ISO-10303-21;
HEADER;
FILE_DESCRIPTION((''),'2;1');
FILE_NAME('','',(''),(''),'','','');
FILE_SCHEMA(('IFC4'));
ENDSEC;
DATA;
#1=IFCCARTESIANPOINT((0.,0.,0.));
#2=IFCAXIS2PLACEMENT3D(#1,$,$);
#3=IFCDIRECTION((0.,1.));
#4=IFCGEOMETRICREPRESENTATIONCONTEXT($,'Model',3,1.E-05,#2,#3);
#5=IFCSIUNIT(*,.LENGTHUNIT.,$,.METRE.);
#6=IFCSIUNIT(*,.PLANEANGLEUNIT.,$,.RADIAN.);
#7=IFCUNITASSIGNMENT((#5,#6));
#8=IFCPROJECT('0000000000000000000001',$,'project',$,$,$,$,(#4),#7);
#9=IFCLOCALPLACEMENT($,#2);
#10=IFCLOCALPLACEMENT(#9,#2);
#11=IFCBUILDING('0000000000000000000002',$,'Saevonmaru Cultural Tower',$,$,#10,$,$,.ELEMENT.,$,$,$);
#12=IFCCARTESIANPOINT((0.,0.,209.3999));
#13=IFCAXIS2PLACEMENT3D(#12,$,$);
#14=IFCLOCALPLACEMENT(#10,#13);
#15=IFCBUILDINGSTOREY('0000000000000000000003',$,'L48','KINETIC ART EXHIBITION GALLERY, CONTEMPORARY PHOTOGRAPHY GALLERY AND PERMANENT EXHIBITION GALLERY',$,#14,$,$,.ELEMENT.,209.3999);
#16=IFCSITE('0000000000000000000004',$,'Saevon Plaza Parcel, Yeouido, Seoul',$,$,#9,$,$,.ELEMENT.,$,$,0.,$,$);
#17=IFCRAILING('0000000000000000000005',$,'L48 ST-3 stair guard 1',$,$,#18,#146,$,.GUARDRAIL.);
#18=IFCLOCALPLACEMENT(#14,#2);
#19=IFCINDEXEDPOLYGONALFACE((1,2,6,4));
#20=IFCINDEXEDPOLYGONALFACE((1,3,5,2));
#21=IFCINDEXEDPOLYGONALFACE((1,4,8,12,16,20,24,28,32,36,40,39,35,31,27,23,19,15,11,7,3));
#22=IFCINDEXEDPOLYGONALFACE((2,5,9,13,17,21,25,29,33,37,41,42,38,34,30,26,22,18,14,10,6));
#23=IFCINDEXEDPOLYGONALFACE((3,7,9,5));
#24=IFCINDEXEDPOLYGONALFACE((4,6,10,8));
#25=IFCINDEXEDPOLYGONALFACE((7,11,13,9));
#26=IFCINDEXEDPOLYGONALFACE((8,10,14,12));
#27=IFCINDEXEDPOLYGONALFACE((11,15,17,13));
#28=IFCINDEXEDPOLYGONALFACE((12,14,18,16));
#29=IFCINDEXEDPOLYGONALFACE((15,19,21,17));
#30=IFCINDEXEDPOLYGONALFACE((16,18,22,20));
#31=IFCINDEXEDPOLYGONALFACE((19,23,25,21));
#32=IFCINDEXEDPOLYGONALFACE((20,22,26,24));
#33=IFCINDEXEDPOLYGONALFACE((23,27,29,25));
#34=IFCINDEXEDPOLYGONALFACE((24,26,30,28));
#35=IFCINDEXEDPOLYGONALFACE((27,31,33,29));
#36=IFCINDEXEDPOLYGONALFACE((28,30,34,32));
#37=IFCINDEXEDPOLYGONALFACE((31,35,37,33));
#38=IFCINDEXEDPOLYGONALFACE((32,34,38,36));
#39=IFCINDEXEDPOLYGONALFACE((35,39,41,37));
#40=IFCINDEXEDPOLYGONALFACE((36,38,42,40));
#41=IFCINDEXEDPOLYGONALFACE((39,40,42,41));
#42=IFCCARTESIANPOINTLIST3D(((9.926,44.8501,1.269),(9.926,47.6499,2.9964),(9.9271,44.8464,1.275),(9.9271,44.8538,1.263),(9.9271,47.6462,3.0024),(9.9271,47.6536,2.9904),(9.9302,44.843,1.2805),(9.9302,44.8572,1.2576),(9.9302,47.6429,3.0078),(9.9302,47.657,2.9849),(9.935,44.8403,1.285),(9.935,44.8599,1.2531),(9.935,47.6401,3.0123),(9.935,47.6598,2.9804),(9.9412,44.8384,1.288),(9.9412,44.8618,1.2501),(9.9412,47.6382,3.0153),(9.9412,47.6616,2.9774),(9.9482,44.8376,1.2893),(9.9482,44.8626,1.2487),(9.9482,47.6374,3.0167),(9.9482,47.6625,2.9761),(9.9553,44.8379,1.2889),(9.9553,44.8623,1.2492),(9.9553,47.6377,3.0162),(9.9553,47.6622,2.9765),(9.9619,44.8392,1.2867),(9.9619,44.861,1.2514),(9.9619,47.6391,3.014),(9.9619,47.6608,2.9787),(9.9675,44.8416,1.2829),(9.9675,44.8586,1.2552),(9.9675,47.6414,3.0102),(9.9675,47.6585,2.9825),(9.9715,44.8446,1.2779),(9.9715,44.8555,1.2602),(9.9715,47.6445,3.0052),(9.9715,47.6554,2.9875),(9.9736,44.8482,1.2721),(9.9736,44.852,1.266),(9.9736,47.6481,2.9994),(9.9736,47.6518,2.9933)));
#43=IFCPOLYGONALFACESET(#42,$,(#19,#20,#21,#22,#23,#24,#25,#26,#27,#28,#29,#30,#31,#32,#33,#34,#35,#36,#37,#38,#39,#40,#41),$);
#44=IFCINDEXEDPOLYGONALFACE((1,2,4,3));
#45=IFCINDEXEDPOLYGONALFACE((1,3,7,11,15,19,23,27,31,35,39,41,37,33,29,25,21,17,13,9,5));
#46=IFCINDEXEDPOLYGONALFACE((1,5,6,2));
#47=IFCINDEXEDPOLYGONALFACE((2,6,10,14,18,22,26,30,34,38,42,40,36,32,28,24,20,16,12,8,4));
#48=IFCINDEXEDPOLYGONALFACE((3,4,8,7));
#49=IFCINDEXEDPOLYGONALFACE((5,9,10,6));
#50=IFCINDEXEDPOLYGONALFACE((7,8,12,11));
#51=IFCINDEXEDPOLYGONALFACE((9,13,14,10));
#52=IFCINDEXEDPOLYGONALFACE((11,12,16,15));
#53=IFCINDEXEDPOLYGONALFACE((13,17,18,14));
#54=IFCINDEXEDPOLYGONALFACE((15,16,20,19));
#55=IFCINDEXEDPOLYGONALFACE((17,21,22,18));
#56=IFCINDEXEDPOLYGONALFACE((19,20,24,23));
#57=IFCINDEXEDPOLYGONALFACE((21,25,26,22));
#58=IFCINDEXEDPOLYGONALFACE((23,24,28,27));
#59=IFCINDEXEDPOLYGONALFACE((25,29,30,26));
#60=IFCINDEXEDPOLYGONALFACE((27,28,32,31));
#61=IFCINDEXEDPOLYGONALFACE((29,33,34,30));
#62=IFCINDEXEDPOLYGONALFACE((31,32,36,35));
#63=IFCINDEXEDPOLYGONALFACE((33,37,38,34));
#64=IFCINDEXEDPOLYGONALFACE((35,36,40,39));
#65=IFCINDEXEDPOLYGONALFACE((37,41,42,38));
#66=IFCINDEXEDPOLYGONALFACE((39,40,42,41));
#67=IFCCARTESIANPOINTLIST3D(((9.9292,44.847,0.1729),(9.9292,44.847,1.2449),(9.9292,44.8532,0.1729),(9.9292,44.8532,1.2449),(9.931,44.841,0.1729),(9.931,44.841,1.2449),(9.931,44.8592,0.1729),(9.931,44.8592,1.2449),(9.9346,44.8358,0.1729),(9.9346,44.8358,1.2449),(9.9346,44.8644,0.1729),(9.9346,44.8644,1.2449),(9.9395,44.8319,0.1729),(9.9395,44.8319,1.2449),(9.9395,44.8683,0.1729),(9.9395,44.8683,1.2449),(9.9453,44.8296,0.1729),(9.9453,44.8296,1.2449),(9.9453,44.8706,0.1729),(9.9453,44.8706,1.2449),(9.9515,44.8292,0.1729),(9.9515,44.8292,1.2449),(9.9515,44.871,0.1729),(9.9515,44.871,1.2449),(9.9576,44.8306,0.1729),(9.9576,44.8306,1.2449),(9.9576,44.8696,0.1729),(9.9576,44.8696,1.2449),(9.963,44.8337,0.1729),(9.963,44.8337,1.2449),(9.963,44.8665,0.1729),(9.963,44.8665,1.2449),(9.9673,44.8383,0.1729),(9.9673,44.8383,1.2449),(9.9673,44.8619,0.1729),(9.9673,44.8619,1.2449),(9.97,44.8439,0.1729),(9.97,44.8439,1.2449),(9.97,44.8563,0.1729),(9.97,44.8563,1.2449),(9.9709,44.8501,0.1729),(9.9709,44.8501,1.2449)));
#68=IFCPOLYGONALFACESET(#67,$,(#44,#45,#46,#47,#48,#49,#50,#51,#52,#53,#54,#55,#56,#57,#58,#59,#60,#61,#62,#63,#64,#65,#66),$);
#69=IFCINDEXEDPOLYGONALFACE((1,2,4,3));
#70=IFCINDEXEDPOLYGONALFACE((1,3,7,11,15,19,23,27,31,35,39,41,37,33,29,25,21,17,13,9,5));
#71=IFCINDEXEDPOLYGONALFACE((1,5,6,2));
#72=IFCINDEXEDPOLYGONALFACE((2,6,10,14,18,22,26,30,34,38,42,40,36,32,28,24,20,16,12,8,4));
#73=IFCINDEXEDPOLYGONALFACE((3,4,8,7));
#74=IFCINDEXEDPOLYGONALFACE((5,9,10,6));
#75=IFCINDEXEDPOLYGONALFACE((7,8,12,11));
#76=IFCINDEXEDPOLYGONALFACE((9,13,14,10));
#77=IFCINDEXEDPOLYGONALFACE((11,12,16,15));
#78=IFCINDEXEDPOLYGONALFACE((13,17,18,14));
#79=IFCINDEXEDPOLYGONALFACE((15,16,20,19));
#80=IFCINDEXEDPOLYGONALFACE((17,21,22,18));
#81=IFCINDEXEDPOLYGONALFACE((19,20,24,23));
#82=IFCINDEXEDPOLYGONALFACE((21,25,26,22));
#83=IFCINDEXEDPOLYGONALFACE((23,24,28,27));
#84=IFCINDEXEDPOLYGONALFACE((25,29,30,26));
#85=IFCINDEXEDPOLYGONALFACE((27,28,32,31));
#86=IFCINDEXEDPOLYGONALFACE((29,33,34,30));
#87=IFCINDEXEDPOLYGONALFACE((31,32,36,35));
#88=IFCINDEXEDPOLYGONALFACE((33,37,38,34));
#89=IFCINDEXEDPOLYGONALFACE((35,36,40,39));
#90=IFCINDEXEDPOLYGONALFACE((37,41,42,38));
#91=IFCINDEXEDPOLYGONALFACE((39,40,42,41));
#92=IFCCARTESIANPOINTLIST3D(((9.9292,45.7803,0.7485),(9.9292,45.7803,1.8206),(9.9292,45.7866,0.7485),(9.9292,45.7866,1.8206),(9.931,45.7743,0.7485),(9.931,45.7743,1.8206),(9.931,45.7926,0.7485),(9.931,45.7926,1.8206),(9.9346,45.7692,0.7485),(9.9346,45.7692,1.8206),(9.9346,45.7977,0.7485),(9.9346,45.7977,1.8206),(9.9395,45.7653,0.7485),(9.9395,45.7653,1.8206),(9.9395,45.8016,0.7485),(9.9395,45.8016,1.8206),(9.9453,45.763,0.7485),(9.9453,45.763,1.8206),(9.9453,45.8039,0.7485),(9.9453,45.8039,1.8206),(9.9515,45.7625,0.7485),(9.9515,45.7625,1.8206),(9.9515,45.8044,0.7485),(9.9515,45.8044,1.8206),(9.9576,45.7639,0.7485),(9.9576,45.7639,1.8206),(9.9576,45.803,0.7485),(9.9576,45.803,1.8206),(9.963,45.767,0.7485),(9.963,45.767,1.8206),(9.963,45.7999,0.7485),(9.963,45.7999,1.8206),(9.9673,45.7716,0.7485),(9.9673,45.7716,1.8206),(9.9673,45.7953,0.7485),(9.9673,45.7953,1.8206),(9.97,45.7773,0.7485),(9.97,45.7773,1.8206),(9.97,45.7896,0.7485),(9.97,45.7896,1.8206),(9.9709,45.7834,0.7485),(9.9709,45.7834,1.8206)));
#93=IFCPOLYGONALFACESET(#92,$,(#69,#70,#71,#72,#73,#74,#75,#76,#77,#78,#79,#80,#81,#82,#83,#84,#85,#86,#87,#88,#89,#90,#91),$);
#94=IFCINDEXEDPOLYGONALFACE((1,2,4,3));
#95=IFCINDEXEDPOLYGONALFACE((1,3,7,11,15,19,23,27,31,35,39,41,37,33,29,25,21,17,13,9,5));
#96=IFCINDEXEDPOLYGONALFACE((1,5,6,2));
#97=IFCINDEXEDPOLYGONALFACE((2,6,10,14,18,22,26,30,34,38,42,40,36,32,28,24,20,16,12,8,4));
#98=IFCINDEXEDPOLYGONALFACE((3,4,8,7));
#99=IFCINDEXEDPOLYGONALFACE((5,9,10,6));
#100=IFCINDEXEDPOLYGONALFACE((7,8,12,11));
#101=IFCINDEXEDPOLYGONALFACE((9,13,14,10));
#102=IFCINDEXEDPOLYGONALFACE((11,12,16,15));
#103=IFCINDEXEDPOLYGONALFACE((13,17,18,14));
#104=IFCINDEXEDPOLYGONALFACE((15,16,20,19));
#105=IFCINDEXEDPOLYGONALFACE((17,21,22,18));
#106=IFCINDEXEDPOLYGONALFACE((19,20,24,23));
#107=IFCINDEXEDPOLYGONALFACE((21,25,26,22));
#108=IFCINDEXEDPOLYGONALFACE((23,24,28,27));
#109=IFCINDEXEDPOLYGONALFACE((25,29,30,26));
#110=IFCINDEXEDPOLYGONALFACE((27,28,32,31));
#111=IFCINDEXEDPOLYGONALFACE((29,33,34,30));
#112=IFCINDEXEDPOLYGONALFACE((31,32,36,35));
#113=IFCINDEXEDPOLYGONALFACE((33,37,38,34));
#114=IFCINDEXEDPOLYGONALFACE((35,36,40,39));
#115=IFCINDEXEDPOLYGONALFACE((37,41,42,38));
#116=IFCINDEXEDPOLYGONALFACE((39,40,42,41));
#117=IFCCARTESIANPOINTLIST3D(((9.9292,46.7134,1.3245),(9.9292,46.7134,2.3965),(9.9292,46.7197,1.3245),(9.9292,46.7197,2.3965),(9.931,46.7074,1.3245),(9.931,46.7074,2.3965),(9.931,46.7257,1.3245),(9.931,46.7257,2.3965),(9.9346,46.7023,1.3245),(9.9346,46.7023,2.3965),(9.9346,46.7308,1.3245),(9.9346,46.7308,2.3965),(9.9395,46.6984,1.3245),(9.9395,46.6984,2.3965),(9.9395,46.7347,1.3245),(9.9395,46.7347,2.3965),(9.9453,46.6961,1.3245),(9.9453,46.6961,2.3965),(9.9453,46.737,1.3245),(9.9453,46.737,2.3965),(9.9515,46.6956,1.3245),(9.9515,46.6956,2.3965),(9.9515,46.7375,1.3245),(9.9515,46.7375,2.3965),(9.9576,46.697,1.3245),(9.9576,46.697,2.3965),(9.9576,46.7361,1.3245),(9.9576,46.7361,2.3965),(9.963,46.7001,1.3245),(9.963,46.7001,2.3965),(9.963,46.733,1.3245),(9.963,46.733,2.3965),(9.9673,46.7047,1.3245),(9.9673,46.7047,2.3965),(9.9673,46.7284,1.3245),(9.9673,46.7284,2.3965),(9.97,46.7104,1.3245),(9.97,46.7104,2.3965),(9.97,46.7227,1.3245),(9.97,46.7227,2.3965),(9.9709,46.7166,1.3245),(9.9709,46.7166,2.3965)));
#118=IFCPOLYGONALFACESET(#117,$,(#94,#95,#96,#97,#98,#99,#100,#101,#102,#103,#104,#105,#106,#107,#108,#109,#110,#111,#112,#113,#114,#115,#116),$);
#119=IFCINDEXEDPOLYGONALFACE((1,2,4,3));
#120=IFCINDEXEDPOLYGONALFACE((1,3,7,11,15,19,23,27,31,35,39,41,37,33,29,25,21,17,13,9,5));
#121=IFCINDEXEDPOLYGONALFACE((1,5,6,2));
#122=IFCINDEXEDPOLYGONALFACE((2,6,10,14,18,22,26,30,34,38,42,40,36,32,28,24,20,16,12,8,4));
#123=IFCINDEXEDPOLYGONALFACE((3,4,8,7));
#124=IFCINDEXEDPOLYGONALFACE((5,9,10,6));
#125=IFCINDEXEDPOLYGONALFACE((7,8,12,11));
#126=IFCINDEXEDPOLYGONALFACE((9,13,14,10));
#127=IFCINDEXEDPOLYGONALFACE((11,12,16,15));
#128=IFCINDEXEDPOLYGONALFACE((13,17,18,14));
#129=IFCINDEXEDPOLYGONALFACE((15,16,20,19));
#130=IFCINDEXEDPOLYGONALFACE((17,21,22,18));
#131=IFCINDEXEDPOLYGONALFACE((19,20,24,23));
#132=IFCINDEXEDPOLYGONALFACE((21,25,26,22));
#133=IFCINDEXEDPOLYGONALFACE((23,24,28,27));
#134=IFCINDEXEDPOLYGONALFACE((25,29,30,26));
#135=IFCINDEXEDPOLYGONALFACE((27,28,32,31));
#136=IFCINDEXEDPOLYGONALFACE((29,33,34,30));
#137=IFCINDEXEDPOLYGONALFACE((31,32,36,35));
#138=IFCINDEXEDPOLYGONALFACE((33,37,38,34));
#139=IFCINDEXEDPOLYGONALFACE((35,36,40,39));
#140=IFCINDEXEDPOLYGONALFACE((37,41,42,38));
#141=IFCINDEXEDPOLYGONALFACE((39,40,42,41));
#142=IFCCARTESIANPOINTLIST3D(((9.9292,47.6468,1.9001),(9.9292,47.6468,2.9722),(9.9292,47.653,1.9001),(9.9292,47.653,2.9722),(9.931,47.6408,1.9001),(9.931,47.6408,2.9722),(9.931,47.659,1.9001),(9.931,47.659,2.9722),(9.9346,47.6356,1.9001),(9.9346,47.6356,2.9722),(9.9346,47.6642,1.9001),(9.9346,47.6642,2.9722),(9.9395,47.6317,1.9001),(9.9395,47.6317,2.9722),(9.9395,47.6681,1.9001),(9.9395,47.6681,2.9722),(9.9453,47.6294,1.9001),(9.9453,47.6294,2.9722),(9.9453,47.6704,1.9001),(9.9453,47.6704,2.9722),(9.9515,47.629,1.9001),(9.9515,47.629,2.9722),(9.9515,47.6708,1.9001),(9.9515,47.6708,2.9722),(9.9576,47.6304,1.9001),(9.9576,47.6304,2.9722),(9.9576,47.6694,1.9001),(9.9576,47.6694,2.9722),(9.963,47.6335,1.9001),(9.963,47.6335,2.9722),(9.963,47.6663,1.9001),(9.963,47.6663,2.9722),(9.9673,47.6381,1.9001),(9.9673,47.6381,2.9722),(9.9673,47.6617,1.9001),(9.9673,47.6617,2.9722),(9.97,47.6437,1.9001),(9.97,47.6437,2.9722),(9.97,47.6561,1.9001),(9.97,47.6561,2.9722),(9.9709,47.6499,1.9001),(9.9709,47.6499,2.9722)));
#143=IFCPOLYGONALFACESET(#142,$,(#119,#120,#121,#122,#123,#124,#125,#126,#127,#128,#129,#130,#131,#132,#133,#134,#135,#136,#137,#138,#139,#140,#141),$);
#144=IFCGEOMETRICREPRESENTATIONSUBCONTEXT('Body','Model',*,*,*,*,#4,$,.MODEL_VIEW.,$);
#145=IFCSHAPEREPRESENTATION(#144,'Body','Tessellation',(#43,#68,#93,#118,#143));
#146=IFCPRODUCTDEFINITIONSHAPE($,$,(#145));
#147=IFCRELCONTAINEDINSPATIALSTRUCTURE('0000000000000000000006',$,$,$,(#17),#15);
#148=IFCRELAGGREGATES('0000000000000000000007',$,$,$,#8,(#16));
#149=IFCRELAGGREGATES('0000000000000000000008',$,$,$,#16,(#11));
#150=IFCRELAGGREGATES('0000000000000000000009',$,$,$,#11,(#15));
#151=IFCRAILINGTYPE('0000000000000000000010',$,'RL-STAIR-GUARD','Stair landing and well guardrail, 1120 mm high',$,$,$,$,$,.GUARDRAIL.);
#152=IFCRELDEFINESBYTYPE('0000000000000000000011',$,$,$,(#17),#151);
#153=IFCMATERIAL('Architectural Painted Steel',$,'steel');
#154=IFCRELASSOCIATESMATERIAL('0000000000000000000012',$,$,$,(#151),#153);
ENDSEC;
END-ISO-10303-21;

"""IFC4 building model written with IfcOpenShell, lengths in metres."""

from ifc_helpers import new_model, si_unit, direction, frame, origin, origin_2d, place, context, subcontext, project, spatial, circle, extrude, material, type_object, element, save


model = new_model("IFC4")

# Units and contexts
model_context = context("Model", 3, precision=1e-05, world=origin(), true_north=direction((0.0, 1.0)))
body_context = subcontext(model_context, "Body", "Model", "MODEL_VIEW")
ifc_project = project(units=[si_unit("LENGTHUNIT", "METRE"), si_unit("PLANEANGLEUNIT", "RADIAN")], contexts=[model_context])

# Site, building, storey
site_placement = place(None, origin())
site = spatial("IfcSite", under=ifc_project, at=site_placement, Name="Saevon Plaza Parcel, Yeouido, Seoul", CompositionType="ELEMENT", RefElevation=0.0)
building_placement = place(site_placement, origin())
building = spatial("IfcBuilding", under=site, at=building_placement, Name="Saevonmaru Cultural Tower", CompositionType="ELEMENT")
storey_placement = place(building_placement, frame((0.0, 0.0, 209.3999)))
storey = spatial("IfcBuildingStorey", under=building, at=storey_placement, Name="L48", Description="KINETIC ART EXHIBITION GALLERY, CONTEMPORARY PHOTOGRAPHY GALLERY AND PERMANENT EXHIBITION GALLERY", CompositionType="ELEMENT", Elevation=209.3999)

# Railing
ifc_material_1 = material(Name="Architectural Painted Steel", Category="steel")
railing_type_1 = type_object("IfcRailingType", Name="RL-STAIR-GUARD", Description="Stair landing and well guardrail, 1120 mm high", PredefinedType="GUARDRAIL", material=ifc_material_1)
railing_1_placement = place(storey_placement, frame((9.95, 44.8501, 0.1729)))
element("IfcRailing", 1, at=railing_1_placement, inside=storey, type_object=railing_type_1, Name="L48 ST-3 stair guard 1", PredefinedType="GUARDRAIL", context=body_context, shape_type="SweptSolid", body=[
    extrude(circle(Radius=0.0239, at=origin_2d()), frame((0.0, 0.0, 1.0962), z_axis=(0.0, 0.851069, 0.525054), x_axis=(-1.0, 0.0, 0.0)), (0.0, 0.0, 1.0), 3.2898),
    extrude(circle(Radius=0.021, at=origin_2d()), origin(), (0.0, 0.0, 1.0), 1.072),
    extrude(circle(Radius=0.021, at=origin_2d()), frame((0.0, 0.9333, 0.5757)), (0.0, 0.0, 1.0), 1.072),
    extrude(circle(Radius=0.021, at=origin_2d()), frame((0.0, 1.8665, 1.1516)), (0.0, 0.0, 1.0), 1.072),
    extrude(circle(Radius=0.021, at=origin_2d()), frame((0.0, 2.7998, 1.7273)), (0.0, 0.0, 1.0), 1.072),
])

save(model, "model.ifc")
